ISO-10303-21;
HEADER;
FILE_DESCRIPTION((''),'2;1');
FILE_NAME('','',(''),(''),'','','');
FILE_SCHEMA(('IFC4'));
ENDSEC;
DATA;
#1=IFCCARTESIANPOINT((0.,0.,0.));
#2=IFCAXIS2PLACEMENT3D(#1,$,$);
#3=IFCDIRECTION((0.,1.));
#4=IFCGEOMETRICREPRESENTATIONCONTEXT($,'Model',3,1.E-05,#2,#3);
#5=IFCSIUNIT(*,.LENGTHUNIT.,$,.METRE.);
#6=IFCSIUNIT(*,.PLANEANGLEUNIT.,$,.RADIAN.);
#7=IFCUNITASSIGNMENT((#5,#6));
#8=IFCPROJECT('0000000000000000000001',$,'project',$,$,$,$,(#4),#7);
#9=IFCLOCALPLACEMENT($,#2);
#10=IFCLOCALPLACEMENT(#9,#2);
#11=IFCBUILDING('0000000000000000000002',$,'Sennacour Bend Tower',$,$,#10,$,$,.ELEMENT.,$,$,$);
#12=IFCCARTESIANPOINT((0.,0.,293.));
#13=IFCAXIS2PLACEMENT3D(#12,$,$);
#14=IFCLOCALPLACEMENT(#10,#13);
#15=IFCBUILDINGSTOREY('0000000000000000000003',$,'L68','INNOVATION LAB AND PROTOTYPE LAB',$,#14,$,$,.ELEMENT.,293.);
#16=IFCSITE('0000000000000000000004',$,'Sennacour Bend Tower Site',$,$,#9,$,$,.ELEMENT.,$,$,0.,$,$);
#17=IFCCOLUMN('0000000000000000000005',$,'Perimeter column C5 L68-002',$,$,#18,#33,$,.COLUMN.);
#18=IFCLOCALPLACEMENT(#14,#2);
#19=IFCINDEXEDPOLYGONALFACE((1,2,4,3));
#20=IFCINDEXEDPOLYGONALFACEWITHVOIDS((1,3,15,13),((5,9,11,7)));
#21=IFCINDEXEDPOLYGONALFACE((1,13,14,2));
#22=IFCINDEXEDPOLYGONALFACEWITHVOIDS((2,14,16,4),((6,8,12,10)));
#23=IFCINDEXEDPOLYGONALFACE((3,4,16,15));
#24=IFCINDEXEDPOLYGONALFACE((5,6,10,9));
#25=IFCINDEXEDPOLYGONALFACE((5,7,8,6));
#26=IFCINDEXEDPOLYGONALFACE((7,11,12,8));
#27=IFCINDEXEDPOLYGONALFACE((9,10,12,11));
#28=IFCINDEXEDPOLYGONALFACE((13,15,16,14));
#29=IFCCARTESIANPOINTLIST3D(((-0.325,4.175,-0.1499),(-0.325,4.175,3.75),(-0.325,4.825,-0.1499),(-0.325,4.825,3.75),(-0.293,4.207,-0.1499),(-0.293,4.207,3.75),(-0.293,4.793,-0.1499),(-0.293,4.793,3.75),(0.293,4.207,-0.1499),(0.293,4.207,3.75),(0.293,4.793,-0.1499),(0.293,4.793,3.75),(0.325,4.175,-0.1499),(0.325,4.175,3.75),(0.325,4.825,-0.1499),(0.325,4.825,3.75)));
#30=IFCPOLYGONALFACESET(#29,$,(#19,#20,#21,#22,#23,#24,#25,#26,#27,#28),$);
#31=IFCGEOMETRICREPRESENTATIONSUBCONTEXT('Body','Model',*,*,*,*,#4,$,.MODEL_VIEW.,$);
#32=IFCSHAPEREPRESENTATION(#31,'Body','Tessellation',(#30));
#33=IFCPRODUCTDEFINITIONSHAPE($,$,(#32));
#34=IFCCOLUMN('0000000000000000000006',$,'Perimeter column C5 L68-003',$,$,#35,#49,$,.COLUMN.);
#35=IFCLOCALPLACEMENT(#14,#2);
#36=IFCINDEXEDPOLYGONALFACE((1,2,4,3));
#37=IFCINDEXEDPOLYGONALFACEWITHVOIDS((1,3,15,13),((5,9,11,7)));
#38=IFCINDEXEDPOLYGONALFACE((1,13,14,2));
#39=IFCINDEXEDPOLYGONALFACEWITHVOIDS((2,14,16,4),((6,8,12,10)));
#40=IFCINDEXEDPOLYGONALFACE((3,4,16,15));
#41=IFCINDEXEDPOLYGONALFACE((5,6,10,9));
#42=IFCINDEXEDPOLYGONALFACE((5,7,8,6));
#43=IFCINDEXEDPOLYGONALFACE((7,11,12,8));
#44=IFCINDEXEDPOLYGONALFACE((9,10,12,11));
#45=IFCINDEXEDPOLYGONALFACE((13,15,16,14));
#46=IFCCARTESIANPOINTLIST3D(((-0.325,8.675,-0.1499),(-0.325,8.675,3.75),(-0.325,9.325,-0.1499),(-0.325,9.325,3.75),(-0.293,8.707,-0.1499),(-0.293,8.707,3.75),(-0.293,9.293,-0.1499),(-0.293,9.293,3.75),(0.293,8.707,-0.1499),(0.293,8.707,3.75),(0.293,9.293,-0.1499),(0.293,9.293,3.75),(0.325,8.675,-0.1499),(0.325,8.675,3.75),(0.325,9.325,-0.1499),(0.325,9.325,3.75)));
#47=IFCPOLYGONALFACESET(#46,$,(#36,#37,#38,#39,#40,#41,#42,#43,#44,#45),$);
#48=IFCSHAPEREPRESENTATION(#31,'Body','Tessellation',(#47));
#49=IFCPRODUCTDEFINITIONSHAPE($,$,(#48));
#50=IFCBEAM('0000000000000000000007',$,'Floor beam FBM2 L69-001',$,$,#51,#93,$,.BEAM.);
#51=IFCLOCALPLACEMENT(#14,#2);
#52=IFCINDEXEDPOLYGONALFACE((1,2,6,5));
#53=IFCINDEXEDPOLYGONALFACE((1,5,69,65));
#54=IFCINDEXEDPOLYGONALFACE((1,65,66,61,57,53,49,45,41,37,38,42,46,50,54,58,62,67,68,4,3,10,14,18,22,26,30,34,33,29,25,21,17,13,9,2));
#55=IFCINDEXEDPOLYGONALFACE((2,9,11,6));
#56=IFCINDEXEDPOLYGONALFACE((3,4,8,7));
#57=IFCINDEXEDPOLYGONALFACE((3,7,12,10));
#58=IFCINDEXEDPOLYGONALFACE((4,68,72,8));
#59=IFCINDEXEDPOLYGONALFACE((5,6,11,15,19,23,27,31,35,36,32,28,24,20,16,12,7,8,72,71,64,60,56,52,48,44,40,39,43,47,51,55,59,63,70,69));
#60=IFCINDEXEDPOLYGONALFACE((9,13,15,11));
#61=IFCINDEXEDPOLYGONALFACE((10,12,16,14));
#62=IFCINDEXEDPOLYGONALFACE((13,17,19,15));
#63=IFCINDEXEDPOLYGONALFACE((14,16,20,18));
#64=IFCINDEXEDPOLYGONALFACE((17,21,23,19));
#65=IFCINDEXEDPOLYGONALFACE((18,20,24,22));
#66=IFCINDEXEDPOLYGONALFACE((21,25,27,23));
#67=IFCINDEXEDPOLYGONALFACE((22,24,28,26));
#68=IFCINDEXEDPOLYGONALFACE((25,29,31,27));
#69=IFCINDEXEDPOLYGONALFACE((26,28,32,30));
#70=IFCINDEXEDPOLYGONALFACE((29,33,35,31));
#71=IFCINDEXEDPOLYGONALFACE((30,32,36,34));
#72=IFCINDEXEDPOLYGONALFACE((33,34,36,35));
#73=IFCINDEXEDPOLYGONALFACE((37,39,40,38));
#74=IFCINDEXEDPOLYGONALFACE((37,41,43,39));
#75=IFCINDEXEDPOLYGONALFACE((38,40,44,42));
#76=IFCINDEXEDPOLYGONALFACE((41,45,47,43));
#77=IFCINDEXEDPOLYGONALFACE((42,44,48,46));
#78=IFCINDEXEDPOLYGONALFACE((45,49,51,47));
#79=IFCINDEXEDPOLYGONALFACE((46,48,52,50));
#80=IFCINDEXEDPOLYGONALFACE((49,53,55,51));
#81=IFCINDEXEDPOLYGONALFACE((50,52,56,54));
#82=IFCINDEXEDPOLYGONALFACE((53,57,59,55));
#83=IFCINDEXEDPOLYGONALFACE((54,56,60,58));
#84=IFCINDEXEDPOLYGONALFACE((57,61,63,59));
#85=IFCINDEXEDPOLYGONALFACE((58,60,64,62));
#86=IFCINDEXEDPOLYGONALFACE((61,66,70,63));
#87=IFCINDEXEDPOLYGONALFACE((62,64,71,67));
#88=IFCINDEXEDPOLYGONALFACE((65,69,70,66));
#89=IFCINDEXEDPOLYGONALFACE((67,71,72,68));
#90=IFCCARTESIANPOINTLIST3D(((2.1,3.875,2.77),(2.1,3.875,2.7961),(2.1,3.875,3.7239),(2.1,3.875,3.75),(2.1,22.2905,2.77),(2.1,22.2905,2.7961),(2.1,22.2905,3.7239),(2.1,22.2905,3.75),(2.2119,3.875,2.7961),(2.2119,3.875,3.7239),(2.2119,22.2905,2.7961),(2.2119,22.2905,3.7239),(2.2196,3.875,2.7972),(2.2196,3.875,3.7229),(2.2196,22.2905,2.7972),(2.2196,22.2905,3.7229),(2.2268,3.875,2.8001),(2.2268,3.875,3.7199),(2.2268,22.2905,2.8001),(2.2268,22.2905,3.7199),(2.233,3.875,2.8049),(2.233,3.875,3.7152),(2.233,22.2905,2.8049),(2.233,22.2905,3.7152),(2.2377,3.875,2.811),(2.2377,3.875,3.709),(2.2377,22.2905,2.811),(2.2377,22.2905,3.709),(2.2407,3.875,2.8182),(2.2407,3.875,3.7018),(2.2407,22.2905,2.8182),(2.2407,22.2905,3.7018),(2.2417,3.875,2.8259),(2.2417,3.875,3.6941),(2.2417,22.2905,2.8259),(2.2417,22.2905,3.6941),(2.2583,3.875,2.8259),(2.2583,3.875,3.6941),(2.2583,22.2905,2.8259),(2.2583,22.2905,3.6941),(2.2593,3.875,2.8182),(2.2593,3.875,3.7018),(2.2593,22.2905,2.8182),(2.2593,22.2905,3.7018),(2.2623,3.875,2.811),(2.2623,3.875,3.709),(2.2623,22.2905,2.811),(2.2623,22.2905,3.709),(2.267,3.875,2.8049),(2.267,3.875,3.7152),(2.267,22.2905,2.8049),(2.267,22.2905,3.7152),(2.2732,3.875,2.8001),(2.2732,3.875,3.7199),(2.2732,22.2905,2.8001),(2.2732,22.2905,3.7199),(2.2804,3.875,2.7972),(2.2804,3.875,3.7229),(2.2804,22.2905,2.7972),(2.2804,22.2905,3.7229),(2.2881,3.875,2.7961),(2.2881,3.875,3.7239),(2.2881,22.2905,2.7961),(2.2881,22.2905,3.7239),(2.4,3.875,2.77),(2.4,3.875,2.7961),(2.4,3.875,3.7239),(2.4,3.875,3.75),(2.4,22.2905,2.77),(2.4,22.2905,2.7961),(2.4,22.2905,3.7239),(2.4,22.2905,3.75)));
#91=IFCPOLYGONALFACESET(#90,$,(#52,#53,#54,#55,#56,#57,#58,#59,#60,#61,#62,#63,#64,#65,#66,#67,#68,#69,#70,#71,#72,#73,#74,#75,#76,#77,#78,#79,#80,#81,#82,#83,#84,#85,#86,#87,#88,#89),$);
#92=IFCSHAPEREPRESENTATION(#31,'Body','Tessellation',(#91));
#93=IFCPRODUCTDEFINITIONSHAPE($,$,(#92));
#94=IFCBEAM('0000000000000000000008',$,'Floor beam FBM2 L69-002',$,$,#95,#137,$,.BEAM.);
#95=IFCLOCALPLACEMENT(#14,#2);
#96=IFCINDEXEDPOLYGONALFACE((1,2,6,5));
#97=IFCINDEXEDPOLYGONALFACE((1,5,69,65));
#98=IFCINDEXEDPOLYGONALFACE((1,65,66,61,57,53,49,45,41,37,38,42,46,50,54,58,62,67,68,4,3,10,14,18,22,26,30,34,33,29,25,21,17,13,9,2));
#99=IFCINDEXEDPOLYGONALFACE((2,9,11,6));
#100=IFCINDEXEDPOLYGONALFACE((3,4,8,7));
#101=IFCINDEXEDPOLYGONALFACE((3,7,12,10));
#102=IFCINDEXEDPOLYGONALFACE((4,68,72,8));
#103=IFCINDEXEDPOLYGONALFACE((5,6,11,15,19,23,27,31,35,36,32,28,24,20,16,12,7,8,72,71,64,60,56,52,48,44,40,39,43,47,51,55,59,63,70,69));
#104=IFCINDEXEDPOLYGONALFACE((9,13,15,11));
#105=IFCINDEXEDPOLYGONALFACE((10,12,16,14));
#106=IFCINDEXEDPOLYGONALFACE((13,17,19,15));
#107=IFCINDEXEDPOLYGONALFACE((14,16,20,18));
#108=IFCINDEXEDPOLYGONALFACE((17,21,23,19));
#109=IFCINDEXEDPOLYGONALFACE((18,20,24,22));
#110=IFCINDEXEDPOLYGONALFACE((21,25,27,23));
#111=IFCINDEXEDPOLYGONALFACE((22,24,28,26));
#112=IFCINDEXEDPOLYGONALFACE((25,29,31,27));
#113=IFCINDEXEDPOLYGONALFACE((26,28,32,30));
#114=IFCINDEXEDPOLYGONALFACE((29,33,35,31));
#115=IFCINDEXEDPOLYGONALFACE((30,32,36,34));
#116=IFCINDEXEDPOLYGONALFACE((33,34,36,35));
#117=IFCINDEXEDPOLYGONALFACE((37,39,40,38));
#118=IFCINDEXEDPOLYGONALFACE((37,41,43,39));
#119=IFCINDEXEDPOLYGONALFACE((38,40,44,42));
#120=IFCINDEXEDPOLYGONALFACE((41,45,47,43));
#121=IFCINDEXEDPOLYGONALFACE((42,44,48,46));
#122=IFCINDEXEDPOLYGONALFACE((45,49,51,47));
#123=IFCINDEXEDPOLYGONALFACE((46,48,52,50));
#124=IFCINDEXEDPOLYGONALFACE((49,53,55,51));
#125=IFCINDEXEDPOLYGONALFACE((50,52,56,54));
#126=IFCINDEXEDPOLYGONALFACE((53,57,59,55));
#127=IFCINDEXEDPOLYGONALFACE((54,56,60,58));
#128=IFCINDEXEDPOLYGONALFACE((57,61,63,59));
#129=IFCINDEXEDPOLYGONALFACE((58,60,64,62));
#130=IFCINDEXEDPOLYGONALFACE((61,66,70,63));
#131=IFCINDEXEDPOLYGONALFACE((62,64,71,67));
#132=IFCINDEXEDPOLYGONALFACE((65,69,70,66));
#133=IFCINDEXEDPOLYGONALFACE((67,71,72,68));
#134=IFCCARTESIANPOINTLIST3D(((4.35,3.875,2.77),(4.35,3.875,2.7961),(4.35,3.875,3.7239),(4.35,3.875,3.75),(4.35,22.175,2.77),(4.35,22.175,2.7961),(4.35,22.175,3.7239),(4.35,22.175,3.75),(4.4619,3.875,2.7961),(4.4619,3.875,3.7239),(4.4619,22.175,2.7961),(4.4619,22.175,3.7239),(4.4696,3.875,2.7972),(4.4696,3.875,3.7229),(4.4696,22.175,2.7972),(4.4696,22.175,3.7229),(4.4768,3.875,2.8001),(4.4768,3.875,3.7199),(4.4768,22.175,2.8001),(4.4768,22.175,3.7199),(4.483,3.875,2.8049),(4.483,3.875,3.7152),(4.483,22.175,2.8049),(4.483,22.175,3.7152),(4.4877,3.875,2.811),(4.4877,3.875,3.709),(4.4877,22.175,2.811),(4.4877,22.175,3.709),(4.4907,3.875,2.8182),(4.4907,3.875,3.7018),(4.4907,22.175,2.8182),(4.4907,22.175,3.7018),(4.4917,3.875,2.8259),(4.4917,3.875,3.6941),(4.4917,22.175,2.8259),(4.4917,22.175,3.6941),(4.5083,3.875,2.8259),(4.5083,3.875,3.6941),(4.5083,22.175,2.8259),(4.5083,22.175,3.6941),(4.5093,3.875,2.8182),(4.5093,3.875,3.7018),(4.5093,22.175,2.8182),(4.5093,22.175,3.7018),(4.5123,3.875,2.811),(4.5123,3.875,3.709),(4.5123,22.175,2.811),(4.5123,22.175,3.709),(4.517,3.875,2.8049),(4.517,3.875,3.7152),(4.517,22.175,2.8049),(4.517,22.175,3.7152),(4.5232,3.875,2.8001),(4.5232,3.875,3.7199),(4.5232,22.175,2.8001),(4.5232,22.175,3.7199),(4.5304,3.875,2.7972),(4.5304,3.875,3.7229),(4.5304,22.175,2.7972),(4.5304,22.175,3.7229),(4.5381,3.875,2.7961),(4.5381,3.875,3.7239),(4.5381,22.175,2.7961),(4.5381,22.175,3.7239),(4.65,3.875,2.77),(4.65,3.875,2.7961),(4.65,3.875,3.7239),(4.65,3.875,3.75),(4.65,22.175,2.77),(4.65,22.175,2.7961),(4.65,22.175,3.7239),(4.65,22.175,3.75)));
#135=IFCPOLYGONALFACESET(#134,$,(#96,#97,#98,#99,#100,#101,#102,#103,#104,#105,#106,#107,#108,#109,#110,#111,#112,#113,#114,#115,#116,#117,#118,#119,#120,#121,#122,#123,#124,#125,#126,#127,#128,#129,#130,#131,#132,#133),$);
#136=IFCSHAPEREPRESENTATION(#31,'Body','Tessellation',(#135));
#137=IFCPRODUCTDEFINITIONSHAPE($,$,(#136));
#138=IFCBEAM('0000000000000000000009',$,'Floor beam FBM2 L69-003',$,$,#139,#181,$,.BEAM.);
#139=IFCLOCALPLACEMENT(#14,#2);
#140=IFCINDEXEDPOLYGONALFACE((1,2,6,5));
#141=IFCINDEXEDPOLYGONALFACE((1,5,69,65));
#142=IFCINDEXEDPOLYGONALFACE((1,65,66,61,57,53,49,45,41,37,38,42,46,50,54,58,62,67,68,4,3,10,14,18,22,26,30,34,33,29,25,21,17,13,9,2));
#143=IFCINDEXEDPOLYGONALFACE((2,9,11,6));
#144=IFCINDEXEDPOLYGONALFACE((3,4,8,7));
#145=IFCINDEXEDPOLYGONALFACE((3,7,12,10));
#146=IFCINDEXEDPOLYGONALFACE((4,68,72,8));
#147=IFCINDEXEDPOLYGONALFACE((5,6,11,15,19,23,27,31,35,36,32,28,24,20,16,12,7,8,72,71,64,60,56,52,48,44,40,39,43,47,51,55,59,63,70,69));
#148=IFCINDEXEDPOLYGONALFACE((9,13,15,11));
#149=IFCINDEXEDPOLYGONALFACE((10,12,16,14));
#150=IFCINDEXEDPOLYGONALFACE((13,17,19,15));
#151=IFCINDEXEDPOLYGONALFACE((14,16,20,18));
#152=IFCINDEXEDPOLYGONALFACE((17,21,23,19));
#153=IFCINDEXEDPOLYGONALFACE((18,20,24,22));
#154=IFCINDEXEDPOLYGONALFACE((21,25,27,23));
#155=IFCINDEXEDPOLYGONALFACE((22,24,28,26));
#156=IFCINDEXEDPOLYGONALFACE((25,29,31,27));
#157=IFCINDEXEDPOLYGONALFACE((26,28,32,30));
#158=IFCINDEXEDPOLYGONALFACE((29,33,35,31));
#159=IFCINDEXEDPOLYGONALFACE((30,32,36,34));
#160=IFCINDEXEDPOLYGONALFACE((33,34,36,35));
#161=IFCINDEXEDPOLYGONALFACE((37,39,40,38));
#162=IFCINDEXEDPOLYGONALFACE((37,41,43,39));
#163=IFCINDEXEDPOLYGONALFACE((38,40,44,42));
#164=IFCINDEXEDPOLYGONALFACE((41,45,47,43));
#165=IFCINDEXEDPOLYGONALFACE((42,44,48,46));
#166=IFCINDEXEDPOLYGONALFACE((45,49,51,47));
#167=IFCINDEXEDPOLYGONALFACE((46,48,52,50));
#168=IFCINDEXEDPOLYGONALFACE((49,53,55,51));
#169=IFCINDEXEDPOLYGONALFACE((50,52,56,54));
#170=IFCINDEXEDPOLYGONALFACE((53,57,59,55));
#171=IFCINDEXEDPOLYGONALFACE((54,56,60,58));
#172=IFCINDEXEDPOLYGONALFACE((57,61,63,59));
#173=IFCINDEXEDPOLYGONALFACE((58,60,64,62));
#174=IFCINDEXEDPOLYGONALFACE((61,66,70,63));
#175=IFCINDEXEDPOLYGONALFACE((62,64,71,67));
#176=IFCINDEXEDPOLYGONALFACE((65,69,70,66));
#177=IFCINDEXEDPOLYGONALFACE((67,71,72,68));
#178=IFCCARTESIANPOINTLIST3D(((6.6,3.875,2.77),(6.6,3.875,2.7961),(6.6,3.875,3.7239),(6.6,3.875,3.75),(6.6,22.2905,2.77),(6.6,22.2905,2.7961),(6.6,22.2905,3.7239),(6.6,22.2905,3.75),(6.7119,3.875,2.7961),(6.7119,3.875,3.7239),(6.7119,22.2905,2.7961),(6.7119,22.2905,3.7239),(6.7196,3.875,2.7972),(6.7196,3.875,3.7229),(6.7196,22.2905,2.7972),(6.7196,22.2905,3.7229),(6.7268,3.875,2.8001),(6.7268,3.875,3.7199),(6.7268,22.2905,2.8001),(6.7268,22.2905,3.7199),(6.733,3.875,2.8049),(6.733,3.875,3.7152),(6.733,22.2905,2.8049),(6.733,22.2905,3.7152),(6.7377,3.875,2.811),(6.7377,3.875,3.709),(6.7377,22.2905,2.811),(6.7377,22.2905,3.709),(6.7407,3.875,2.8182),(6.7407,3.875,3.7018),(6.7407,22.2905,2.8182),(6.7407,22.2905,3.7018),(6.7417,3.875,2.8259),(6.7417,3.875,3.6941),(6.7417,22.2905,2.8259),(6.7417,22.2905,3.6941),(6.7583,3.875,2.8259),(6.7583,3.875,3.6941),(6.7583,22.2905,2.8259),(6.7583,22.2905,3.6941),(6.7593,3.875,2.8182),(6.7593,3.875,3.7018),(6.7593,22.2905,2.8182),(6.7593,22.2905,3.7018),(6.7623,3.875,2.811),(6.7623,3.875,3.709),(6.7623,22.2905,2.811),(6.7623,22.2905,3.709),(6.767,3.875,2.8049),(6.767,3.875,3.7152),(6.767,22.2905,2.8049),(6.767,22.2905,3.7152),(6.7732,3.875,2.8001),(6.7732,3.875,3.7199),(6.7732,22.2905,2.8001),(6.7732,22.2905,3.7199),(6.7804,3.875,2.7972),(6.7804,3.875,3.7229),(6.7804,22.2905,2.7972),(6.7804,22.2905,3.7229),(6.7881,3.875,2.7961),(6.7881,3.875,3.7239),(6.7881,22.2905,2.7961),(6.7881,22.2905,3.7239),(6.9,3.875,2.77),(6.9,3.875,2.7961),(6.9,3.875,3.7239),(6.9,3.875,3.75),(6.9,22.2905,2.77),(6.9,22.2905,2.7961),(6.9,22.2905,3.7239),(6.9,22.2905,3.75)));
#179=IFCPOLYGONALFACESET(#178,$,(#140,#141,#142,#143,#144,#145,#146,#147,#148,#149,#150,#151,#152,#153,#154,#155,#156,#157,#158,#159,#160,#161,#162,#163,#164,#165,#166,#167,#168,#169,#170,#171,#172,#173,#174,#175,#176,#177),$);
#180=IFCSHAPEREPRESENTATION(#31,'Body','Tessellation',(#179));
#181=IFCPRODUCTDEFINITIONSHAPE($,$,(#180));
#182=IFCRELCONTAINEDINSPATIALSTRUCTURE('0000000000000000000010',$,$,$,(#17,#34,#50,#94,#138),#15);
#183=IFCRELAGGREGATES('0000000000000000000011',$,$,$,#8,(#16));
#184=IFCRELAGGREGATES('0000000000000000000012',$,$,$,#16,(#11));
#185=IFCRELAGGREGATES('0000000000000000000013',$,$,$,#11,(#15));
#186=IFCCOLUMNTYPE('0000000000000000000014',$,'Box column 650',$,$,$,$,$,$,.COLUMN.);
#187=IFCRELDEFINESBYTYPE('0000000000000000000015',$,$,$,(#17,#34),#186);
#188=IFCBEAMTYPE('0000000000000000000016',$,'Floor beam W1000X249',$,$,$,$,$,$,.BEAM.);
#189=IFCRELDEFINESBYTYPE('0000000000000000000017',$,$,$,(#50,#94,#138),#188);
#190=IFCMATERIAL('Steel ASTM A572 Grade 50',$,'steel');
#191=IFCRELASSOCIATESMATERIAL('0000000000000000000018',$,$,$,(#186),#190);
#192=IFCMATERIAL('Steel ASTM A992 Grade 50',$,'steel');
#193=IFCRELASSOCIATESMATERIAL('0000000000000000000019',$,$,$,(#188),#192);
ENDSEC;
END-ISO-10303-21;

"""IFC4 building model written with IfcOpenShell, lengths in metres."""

from ifc_helpers import new_model, si_unit, direction, frame, origin, origin_2d, place, context, subcontext, project, spatial, hollow_rectangle, i_section, extrude, material, material_profile, profile_set, type_object, element, save


model = new_model("IFC4")

# Units and contexts
model_context = context("Model", 3, precision=1e-05, world=origin(), true_north=direction((0.0, 1.0)))
body_context = subcontext(model_context, "Body", "Model", "MODEL_VIEW")
ifc_project = project(units=[si_unit("LENGTHUNIT", "METRE"), si_unit("PLANEANGLEUNIT", "RADIAN")], contexts=[model_context])

# Site, building, storey
site_placement = place(None, origin())
site = spatial("IfcSite", under=ifc_project, at=site_placement, Name="Sennacour Bend Tower Site", CompositionType="ELEMENT", RefElevation=0.0)
building_placement = place(site_placement, origin())
building = spatial("IfcBuilding", under=site, at=building_placement, Name="Sennacour Bend Tower", CompositionType="ELEMENT")
storey_placement = place(building_placement, frame((0.0, 0.0, 293.0)))
storey = spatial("IfcBuildingStorey", under=building, at=storey_placement, Name="L68", Description="INNOVATION LAB AND PROTOTYPE LAB", CompositionType="ELEMENT", Elevation=293.0)

# Columns
ifc_material_1 = material(Name="Steel ASTM A572 Grade 50", Category="steel")
ifc_material_profile_1 = material_profile(ifc_material_1, hollow_rectangle(XDim=0.6499, YDim=0.6499, WallThickness=0.032, at=origin_2d()), Name="Steel ASTM A572 Grade 50", Category="steel")
ifc_profile_set_1 = profile_set([ifc_material_profile_1], Name="Steel ASTM A572 Grade 50")
column_type = type_object("IfcColumnType", Name="Box column 650", PredefinedType="COLUMN", material=ifc_profile_set_1)
for number, where, z_axis, x_axis, name in (
    (1, (0.0, 4.5, -0.1499), (0.0, 0.0, 1.0), (1.0, 0.0, 0.0), "Perimeter column C5 L68-002"),
    (2, (0.0, 9.0, -0.1499), (0.0, 0.0, 1.0), (1.0, 0.0, 0.0), "Perimeter column C5 L68-003"),
):
    element("IfcColumn", number, at=place(storey_placement, frame(where, z_axis=z_axis, x_axis=x_axis)), inside=storey, type_object=column_type, Name=name, PredefinedType="COLUMN", context=body_context, shape_type="SweptSolid", body=[
        extrude(hollow_rectangle(XDim=0.6499, YDim=0.6499, WallThickness=0.032, at=origin_2d()), origin(), (0.0, 0.0, 1.0), 3.8999),
    ])

# Beams
ifc_material_2 = material(Name="Steel ASTM A992 Grade 50", Category="steel")
ifc_material_profile_2 = material_profile(ifc_material_2, i_section(OverallWidth=0.3, OverallDepth=0.98, WebThickness=0.0166, FlangeThickness=0.0261, FilletRadius=0.0298, at=origin_2d()), Name="Steel ASTM A992 Grade 50", Category="steel")
ifc_profile_set_2 = profile_set([ifc_material_profile_2], Name="Steel ASTM A992 Grade 50")
beam_type = type_object("IfcBeamType", Name="Floor beam W1000X249", PredefinedType="BEAM", material=ifc_profile_set_2)
beam_1_placement = place(storey_placement, frame((2.25, 3.875, 3.26), z_axis=(0.0, 1.0, 0.0), x_axis=(-1.0, 0.0, 0.0)))
element("IfcBeam", 3, at=beam_1_placement, inside=storey, type_object=beam_type, Name="Floor beam FBM2 L69-001", PredefinedType="BEAM", context=body_context, shape_type="SweptSolid", body=[
    extrude(i_section(OverallWidth=0.3, OverallDepth=0.98, WebThickness=0.0166, FlangeThickness=0.0261, FilletRadius=0.0298, at=origin_2d()), origin(), (0.0, 0.0, 1.0), 18.4155),
])
beam_2_placement = place(storey_placement, frame((4.5, 3.875, 3.26), z_axis=(0.0, 1.0, 0.0), x_axis=(-1.0, 0.0, 0.0)))
element("IfcBeam", 4, at=beam_2_placement, inside=storey, type_object=beam_type, Name="Floor beam FBM2 L69-002", PredefinedType="BEAM", context=body_context, shape_type="SweptSolid", body=[
    extrude(i_section(OverallWidth=0.3, OverallDepth=0.98, WebThickness=0.0166, FlangeThickness=0.0261, FilletRadius=0.0298, at=origin_2d()), origin(), (0.0, 0.0, 1.0), 18.3),
])
beam_3_placement = place(storey_placement, frame((6.75, 3.875, 3.26), z_axis=(0.0, 1.0, 0.0), x_axis=(-1.0, 0.0, 0.0)))
element("IfcBeam", 5, at=beam_3_placement, inside=storey, type_object=beam_type, Name="Floor beam FBM2 L69-003", PredefinedType="BEAM", context=body_context, shape_type="SweptSolid", body=[
    extrude(i_section(OverallWidth=0.3, OverallDepth=0.98, WebThickness=0.0166, FlangeThickness=0.0261, FilletRadius=0.0298, at=origin_2d()), origin(), (0.0, 0.0, 1.0), 18.4155),
])

save(model, "model.ifc")
